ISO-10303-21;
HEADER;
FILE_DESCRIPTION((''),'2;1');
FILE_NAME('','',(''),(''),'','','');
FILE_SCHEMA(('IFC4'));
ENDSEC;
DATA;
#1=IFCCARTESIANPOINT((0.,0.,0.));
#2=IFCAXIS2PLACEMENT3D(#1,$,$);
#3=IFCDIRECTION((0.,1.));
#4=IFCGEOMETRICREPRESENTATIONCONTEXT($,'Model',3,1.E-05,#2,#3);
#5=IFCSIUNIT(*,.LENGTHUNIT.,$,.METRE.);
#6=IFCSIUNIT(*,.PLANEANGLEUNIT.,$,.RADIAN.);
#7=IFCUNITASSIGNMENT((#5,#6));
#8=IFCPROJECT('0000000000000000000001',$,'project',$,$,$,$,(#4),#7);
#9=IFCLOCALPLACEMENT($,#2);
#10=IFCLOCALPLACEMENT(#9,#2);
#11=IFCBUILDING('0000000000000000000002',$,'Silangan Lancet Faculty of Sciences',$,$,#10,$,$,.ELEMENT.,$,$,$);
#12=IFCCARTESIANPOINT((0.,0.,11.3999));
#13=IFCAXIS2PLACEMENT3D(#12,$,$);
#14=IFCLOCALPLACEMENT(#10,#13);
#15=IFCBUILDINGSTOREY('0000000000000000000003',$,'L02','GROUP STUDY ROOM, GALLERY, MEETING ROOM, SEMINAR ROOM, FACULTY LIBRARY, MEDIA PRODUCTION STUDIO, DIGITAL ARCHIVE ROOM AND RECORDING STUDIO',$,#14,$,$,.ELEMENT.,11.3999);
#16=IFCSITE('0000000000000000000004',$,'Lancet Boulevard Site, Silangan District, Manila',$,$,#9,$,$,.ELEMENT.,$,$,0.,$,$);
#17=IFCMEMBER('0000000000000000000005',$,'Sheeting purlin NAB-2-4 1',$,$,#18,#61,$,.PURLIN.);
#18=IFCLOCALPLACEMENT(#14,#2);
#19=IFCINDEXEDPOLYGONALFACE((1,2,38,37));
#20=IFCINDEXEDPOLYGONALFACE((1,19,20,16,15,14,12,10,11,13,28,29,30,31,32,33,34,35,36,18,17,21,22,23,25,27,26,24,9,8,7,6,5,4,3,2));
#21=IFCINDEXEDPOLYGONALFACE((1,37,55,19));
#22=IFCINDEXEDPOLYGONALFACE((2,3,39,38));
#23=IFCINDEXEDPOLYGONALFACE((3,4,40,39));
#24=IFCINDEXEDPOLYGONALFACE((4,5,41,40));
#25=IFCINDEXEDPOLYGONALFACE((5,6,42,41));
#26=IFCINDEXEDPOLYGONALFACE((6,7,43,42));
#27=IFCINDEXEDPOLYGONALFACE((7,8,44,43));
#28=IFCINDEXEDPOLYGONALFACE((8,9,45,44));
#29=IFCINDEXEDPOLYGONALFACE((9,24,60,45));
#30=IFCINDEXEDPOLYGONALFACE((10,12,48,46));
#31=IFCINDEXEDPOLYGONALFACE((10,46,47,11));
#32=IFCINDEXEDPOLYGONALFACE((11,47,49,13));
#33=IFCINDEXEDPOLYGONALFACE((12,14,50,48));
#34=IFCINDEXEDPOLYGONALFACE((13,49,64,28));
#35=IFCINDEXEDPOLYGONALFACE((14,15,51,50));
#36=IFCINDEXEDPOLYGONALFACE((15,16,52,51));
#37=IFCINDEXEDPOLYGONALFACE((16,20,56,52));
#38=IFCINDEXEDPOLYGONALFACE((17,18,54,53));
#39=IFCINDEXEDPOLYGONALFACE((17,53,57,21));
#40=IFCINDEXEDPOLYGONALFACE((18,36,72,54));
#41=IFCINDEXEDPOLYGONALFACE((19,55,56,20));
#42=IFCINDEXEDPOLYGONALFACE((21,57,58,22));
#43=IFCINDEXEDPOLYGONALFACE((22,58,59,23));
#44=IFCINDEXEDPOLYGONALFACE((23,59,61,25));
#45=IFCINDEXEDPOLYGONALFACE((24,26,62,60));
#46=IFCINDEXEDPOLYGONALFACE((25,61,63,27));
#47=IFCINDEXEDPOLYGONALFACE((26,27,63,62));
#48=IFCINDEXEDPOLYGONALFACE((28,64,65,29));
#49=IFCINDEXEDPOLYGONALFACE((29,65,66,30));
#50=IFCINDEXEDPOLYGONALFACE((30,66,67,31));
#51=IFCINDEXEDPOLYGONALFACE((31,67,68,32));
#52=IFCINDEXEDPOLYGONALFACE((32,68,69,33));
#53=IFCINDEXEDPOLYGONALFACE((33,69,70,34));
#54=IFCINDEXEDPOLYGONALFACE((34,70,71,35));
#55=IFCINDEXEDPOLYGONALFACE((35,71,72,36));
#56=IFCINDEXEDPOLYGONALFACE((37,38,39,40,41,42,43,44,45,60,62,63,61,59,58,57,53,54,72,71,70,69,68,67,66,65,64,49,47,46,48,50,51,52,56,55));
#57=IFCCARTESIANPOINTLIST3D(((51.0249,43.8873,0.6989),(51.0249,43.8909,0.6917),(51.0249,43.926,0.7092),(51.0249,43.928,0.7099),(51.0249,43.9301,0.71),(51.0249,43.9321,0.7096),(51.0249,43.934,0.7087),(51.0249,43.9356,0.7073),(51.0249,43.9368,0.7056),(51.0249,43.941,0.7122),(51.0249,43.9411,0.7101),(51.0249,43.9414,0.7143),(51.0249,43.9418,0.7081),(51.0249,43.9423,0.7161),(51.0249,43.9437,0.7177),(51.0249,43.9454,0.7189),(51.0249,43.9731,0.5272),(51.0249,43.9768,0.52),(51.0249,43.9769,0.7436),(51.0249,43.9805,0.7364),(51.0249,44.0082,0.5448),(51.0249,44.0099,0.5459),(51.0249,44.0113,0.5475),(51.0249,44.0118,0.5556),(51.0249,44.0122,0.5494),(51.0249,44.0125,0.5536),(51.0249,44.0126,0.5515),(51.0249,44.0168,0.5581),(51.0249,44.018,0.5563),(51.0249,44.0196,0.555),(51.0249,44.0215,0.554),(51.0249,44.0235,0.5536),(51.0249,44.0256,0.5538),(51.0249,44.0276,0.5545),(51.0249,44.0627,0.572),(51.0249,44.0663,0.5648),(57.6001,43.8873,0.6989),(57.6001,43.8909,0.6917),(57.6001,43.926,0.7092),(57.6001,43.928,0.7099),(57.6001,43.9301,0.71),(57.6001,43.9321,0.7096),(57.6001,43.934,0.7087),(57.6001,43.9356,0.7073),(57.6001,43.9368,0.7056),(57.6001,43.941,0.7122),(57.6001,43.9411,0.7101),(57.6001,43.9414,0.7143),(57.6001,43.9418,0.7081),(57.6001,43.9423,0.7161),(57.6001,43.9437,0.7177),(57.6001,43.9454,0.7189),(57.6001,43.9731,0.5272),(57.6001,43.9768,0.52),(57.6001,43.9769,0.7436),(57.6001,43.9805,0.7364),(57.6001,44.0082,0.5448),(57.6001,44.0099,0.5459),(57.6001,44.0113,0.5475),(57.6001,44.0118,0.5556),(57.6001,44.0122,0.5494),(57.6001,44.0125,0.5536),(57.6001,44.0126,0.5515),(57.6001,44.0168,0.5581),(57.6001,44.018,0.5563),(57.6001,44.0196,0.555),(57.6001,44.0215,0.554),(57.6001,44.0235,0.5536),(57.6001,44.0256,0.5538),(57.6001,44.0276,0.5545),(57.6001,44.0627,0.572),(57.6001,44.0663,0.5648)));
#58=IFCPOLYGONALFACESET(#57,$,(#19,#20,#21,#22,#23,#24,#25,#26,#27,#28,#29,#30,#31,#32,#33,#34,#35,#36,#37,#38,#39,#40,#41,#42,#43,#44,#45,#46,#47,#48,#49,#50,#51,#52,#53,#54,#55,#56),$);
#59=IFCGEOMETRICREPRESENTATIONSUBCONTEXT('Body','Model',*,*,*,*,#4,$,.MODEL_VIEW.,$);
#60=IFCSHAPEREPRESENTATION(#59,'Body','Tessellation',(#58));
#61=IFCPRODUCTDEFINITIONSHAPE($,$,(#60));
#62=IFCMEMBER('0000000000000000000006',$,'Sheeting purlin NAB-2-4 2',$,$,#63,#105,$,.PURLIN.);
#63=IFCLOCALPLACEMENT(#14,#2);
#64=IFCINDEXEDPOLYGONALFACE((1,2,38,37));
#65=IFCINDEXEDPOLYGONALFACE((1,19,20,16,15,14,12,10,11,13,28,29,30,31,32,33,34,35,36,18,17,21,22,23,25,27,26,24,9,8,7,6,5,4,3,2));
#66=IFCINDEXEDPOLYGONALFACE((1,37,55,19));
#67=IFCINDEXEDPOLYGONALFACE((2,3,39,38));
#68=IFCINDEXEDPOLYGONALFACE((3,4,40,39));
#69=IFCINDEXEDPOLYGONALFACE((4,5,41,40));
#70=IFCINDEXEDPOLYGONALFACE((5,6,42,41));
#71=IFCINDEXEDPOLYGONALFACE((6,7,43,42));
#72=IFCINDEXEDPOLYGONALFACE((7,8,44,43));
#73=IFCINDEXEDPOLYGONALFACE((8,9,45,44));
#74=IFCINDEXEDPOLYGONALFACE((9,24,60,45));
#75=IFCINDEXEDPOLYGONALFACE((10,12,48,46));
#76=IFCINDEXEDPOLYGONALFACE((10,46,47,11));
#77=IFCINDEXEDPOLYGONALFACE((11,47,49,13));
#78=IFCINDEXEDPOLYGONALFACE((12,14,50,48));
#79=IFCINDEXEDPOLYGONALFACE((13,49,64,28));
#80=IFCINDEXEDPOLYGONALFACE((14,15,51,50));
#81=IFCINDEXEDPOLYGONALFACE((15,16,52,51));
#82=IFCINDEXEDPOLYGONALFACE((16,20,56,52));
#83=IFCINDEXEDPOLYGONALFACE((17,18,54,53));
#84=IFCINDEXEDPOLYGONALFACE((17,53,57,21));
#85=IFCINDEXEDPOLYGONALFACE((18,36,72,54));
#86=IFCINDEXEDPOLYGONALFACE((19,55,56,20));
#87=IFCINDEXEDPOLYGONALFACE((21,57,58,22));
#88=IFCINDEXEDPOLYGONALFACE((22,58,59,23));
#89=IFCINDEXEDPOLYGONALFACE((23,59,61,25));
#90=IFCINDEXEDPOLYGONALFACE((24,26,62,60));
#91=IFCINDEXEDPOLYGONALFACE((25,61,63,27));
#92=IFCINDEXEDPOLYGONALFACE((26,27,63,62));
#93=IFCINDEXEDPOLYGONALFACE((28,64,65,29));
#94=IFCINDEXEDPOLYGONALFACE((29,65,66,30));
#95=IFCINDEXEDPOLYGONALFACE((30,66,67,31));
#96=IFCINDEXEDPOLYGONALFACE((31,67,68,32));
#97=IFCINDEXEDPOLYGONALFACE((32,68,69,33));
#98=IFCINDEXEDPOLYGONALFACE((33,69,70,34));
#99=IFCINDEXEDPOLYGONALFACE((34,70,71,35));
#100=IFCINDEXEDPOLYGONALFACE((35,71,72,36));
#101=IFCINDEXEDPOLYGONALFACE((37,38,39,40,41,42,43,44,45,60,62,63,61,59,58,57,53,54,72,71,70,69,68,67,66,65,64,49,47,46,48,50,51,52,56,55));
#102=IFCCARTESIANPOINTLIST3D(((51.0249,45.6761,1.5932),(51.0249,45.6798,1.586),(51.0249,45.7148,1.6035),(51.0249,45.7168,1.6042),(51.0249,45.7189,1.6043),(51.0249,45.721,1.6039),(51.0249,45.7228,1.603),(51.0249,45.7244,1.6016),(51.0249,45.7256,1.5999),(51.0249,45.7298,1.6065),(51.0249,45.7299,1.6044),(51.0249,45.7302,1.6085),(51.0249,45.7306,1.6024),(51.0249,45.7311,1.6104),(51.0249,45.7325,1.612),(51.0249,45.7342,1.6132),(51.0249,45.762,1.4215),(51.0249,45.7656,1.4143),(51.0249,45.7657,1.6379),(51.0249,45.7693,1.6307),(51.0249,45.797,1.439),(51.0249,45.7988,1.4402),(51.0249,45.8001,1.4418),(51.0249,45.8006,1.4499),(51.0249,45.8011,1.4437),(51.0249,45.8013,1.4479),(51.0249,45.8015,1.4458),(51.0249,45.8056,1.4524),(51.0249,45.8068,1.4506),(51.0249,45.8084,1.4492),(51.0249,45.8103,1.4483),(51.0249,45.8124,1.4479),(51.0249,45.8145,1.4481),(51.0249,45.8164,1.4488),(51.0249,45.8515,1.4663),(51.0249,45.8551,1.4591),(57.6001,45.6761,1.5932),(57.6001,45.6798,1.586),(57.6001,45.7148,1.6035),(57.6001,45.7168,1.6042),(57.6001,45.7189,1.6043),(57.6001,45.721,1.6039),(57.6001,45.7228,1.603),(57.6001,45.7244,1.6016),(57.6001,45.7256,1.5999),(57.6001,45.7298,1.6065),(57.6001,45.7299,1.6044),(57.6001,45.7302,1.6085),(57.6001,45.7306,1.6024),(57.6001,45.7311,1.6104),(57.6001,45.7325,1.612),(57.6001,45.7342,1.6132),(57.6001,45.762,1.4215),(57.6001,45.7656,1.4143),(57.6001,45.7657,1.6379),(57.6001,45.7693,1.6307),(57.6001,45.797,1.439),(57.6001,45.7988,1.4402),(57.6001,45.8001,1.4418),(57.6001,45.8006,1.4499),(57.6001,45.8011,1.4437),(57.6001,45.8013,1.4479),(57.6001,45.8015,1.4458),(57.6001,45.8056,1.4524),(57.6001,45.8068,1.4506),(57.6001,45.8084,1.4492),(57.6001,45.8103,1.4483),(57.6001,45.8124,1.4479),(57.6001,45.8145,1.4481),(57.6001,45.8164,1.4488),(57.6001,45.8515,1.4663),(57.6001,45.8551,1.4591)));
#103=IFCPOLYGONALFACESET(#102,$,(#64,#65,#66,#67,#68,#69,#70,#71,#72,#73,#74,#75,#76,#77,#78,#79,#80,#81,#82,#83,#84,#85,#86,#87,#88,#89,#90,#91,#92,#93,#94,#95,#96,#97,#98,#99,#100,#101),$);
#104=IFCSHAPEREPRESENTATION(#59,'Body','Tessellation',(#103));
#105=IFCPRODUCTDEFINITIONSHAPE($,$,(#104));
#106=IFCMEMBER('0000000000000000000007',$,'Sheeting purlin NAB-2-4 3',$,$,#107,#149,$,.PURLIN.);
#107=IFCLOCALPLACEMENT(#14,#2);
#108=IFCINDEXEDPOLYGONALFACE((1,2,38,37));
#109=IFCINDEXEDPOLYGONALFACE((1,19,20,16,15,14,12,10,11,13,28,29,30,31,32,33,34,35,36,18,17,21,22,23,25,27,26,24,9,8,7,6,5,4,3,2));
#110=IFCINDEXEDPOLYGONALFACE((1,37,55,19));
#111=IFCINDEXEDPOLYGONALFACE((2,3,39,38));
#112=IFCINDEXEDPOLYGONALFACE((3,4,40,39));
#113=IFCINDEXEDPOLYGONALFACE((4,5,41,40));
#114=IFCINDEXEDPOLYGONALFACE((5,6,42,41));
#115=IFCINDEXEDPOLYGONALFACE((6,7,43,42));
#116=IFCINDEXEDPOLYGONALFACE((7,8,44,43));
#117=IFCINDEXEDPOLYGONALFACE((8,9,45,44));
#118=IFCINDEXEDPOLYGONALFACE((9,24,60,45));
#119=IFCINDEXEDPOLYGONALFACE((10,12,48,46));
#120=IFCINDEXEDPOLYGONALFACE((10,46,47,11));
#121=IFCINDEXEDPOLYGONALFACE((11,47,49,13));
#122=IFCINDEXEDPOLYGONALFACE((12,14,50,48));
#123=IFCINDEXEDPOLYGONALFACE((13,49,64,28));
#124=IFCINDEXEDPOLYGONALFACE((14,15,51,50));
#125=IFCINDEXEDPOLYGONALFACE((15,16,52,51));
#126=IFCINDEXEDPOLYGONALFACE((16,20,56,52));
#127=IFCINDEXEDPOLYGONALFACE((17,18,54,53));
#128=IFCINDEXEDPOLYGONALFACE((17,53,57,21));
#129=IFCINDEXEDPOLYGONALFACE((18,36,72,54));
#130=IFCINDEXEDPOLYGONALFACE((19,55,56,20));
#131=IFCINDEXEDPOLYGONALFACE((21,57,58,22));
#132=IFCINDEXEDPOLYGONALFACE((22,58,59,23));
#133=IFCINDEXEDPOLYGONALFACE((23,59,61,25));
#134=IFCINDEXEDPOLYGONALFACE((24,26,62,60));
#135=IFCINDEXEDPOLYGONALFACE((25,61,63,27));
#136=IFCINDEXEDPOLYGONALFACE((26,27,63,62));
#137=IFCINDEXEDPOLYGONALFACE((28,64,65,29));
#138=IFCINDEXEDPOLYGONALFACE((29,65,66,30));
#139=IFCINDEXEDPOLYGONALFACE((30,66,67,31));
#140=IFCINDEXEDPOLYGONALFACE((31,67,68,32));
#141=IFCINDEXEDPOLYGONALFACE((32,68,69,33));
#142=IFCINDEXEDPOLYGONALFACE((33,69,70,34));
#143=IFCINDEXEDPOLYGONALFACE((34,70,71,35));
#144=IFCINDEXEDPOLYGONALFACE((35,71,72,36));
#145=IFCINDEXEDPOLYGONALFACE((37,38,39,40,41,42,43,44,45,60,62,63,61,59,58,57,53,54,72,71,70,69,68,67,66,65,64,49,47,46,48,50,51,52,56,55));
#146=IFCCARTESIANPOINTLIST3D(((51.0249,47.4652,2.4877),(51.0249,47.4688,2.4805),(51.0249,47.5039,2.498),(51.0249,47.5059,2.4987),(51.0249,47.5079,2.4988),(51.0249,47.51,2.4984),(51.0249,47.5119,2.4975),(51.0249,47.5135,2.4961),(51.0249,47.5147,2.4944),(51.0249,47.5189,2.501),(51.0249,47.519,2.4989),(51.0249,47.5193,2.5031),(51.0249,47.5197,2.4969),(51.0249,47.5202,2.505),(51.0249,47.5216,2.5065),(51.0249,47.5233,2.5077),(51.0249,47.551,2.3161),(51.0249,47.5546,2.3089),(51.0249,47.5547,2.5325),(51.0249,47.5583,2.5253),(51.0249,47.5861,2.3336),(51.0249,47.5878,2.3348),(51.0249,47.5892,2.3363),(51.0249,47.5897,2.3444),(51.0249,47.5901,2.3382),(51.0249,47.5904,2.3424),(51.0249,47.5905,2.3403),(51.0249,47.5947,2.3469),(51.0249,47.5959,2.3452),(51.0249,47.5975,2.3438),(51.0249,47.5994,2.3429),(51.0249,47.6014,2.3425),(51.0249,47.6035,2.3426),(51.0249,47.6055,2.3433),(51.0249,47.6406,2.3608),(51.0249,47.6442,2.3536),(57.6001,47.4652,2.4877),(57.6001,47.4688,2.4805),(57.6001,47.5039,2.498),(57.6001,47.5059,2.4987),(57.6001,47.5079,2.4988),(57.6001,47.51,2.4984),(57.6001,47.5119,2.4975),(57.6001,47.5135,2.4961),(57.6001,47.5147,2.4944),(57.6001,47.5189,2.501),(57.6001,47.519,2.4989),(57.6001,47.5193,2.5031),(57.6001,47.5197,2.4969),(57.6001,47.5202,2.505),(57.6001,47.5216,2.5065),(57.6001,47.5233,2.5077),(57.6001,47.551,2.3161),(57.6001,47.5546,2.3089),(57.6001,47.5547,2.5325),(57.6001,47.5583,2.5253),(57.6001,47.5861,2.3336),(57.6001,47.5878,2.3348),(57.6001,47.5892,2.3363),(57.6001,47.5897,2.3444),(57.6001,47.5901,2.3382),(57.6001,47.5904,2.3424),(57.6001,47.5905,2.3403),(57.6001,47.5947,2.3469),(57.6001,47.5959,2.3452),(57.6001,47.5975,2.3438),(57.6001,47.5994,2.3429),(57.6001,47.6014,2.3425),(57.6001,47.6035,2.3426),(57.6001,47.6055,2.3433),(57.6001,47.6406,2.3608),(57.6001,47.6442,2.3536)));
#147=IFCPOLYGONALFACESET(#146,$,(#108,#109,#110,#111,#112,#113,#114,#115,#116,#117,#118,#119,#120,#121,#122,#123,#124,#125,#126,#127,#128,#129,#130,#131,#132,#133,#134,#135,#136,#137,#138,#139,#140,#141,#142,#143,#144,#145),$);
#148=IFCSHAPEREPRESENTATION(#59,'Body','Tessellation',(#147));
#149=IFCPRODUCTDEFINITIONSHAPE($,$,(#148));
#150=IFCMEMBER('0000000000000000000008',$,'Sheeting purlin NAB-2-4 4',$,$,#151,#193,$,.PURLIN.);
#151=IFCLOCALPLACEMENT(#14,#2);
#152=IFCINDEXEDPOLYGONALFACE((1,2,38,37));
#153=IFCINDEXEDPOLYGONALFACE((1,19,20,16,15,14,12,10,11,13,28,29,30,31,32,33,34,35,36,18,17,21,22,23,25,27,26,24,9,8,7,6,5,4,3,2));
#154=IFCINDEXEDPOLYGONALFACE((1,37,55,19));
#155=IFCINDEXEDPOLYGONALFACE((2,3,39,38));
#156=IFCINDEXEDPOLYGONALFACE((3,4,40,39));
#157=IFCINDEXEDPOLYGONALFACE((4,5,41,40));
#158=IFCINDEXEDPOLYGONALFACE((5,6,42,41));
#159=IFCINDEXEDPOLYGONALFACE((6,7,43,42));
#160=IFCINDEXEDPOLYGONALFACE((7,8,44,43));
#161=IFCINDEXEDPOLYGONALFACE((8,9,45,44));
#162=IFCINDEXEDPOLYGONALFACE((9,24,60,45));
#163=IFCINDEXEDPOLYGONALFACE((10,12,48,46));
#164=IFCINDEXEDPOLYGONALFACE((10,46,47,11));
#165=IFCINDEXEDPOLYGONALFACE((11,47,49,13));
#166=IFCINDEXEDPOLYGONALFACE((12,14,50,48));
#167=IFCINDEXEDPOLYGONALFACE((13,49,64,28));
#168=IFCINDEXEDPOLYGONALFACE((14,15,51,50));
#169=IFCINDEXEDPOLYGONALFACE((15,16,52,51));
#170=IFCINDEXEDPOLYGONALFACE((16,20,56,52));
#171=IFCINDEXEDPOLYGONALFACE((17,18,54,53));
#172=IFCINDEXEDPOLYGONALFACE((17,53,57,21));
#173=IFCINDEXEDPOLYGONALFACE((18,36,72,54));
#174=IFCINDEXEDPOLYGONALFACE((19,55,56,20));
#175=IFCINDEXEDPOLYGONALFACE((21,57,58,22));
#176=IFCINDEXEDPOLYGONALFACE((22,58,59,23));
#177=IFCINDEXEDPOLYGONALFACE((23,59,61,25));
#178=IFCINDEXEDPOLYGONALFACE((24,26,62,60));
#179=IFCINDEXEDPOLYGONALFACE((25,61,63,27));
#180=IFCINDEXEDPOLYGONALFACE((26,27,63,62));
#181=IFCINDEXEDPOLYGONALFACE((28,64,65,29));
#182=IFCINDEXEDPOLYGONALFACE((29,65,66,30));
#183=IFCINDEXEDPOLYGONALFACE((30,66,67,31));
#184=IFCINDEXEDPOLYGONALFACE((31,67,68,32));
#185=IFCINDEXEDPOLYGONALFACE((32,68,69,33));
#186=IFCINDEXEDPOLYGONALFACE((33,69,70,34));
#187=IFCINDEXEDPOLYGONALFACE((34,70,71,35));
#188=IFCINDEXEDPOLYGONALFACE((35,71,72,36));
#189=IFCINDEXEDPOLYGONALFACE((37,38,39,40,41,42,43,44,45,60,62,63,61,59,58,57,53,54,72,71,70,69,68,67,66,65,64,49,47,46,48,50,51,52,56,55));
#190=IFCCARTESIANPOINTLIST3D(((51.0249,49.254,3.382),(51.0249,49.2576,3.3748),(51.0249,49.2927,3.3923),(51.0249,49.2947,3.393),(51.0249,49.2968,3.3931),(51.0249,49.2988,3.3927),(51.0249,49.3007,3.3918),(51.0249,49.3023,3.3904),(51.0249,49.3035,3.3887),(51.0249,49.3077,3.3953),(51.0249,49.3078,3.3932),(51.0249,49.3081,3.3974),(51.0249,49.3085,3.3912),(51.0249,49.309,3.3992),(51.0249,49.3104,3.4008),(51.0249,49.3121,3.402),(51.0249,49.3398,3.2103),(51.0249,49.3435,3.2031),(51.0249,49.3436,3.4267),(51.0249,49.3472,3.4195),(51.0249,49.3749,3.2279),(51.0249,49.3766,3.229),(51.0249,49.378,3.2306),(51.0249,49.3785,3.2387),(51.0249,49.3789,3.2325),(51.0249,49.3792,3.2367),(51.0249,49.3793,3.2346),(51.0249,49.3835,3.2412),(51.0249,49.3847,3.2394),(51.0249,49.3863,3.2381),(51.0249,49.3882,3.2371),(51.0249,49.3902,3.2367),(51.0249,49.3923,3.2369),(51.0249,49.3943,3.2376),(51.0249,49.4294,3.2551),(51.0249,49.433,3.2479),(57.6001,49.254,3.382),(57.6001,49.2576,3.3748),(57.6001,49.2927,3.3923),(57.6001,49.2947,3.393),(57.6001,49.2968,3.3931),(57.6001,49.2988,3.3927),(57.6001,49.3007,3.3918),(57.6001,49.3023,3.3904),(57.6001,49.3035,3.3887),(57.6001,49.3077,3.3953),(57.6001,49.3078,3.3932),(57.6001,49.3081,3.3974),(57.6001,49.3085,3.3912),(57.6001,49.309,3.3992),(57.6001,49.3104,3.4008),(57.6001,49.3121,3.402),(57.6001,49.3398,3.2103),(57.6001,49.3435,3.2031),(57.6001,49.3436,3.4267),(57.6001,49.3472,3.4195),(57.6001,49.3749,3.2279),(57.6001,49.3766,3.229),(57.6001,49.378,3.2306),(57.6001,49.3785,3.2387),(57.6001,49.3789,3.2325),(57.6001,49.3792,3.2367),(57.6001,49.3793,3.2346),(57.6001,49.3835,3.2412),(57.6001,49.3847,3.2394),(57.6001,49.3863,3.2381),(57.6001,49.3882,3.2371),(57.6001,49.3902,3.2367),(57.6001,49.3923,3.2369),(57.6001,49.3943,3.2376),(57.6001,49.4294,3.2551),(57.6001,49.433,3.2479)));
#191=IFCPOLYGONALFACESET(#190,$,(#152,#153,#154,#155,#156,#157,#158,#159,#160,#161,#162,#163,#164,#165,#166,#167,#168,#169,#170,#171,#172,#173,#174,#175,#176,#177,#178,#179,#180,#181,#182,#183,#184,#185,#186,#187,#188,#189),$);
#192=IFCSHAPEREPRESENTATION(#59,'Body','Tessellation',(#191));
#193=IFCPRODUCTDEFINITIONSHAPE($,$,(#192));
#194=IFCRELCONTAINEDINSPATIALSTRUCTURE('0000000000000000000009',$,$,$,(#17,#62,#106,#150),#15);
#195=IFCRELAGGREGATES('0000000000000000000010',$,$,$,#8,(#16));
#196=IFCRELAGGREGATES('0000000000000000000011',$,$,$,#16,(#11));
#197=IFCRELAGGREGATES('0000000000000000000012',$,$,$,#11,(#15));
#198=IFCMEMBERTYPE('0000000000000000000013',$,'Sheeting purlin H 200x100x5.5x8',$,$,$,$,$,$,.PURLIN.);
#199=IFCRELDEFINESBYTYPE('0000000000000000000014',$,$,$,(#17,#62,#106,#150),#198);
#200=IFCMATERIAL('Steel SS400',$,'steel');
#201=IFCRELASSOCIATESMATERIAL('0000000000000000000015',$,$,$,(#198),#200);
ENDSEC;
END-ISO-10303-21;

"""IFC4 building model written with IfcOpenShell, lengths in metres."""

from ifc_helpers import new_model, si_unit, direction, frame, origin, origin_2d, place, context, subcontext, project, spatial, i_section, extrude, material, material_profile, profile_set, type_object, element, save


model = new_model("IFC4")

# Units and contexts
model_context = context("Model", 3, precision=1e-05, world=origin(), true_north=direction((0.0, 1.0)))
body_context = subcontext(model_context, "Body", "Model", "MODEL_VIEW")
ifc_project = project(units=[si_unit("LENGTHUNIT", "METRE"), si_unit("PLANEANGLEUNIT", "RADIAN")], contexts=[model_context])

# Site, building, storey
site_placement = place(None, origin())
site = spatial("IfcSite", under=ifc_project, at=site_placement, Name="Lancet Boulevard Site, Silangan District, Manila", CompositionType="ELEMENT", RefElevation=0.0)
building_placement = place(site_placement, origin())
building = spatial("IfcBuilding", under=site, at=building_placement, Name="Silangan Lancet Faculty of Sciences", CompositionType="ELEMENT")
storey_placement = place(building_placement, frame((0.0, 0.0, 11.3999)))
storey = spatial("IfcBuildingStorey", under=building, at=storey_placement, Name="L02", Description="GROUP STUDY ROOM, GALLERY, MEETING ROOM, SEMINAR ROOM, FACULTY LIBRARY, MEDIA PRODUCTION STUDIO, DIGITAL ARCHIVE ROOM AND RECORDING STUDIO", CompositionType="ELEMENT", Elevation=11.3999)

# Members
ifc_material_1 = material(Name="Steel SS400", Category="steel")
ifc_material_profile_1 = material_profile(ifc_material_1, i_section(OverallWidth=0.1001, OverallDepth=0.2, WebThickness=0.0056, FlangeThickness=0.0081, FilletRadius=0.0081, at=origin_2d()), Name="H 200x100x5.5x8")
ifc_profile_set_1 = profile_set([ifc_material_profile_1], Name="Steel SS400")
member_type_1 = type_object("IfcMemberType", Name="Sheeting purlin H 200x100x5.5x8", PredefinedType="PURLIN", material=ifc_profile_set_1)
for number, where, z_axis, x_axis, name in (
    (1, (51.0249, 43.9768, 0.6318), (1.0, 0.0, 0.0), (0.0, 0.894427, 0.447214), "Sheeting purlin NAB-2-4 1"),
    (2, (51.0249, 45.7656, 1.5261), (1.0, 0.0, 0.0), (0.0, 0.894427, 0.447214), "Sheeting purlin NAB-2-4 2"),
    (3, (51.0249, 47.5547, 2.4207), (1.0, 0.0, 0.0), (0.0, 0.894427, 0.447214), "Sheeting purlin NAB-2-4 3"),
    (4, (51.0249, 49.3435, 3.3149), (1.0, 0.0, 0.0), (0.0, 0.894427, 0.447214), "Sheeting purlin NAB-2-4 4"),
):
    element("IfcMember", number, at=place(storey_placement, frame(where, z_axis=z_axis, x_axis=x_axis)), inside=storey, type_object=member_type_1, Name=name, PredefinedType="PURLIN", context=body_context, shape_type="SweptSolid", body=[
        extrude(i_section(OverallWidth=0.1001, OverallDepth=0.2, WebThickness=0.0056, FlangeThickness=0.0081, FilletRadius=0.0081, at=origin_2d()), origin(), (0.0, 0.0, 1.0), 6.5752),
    ])

save(model, "model.ifc")
